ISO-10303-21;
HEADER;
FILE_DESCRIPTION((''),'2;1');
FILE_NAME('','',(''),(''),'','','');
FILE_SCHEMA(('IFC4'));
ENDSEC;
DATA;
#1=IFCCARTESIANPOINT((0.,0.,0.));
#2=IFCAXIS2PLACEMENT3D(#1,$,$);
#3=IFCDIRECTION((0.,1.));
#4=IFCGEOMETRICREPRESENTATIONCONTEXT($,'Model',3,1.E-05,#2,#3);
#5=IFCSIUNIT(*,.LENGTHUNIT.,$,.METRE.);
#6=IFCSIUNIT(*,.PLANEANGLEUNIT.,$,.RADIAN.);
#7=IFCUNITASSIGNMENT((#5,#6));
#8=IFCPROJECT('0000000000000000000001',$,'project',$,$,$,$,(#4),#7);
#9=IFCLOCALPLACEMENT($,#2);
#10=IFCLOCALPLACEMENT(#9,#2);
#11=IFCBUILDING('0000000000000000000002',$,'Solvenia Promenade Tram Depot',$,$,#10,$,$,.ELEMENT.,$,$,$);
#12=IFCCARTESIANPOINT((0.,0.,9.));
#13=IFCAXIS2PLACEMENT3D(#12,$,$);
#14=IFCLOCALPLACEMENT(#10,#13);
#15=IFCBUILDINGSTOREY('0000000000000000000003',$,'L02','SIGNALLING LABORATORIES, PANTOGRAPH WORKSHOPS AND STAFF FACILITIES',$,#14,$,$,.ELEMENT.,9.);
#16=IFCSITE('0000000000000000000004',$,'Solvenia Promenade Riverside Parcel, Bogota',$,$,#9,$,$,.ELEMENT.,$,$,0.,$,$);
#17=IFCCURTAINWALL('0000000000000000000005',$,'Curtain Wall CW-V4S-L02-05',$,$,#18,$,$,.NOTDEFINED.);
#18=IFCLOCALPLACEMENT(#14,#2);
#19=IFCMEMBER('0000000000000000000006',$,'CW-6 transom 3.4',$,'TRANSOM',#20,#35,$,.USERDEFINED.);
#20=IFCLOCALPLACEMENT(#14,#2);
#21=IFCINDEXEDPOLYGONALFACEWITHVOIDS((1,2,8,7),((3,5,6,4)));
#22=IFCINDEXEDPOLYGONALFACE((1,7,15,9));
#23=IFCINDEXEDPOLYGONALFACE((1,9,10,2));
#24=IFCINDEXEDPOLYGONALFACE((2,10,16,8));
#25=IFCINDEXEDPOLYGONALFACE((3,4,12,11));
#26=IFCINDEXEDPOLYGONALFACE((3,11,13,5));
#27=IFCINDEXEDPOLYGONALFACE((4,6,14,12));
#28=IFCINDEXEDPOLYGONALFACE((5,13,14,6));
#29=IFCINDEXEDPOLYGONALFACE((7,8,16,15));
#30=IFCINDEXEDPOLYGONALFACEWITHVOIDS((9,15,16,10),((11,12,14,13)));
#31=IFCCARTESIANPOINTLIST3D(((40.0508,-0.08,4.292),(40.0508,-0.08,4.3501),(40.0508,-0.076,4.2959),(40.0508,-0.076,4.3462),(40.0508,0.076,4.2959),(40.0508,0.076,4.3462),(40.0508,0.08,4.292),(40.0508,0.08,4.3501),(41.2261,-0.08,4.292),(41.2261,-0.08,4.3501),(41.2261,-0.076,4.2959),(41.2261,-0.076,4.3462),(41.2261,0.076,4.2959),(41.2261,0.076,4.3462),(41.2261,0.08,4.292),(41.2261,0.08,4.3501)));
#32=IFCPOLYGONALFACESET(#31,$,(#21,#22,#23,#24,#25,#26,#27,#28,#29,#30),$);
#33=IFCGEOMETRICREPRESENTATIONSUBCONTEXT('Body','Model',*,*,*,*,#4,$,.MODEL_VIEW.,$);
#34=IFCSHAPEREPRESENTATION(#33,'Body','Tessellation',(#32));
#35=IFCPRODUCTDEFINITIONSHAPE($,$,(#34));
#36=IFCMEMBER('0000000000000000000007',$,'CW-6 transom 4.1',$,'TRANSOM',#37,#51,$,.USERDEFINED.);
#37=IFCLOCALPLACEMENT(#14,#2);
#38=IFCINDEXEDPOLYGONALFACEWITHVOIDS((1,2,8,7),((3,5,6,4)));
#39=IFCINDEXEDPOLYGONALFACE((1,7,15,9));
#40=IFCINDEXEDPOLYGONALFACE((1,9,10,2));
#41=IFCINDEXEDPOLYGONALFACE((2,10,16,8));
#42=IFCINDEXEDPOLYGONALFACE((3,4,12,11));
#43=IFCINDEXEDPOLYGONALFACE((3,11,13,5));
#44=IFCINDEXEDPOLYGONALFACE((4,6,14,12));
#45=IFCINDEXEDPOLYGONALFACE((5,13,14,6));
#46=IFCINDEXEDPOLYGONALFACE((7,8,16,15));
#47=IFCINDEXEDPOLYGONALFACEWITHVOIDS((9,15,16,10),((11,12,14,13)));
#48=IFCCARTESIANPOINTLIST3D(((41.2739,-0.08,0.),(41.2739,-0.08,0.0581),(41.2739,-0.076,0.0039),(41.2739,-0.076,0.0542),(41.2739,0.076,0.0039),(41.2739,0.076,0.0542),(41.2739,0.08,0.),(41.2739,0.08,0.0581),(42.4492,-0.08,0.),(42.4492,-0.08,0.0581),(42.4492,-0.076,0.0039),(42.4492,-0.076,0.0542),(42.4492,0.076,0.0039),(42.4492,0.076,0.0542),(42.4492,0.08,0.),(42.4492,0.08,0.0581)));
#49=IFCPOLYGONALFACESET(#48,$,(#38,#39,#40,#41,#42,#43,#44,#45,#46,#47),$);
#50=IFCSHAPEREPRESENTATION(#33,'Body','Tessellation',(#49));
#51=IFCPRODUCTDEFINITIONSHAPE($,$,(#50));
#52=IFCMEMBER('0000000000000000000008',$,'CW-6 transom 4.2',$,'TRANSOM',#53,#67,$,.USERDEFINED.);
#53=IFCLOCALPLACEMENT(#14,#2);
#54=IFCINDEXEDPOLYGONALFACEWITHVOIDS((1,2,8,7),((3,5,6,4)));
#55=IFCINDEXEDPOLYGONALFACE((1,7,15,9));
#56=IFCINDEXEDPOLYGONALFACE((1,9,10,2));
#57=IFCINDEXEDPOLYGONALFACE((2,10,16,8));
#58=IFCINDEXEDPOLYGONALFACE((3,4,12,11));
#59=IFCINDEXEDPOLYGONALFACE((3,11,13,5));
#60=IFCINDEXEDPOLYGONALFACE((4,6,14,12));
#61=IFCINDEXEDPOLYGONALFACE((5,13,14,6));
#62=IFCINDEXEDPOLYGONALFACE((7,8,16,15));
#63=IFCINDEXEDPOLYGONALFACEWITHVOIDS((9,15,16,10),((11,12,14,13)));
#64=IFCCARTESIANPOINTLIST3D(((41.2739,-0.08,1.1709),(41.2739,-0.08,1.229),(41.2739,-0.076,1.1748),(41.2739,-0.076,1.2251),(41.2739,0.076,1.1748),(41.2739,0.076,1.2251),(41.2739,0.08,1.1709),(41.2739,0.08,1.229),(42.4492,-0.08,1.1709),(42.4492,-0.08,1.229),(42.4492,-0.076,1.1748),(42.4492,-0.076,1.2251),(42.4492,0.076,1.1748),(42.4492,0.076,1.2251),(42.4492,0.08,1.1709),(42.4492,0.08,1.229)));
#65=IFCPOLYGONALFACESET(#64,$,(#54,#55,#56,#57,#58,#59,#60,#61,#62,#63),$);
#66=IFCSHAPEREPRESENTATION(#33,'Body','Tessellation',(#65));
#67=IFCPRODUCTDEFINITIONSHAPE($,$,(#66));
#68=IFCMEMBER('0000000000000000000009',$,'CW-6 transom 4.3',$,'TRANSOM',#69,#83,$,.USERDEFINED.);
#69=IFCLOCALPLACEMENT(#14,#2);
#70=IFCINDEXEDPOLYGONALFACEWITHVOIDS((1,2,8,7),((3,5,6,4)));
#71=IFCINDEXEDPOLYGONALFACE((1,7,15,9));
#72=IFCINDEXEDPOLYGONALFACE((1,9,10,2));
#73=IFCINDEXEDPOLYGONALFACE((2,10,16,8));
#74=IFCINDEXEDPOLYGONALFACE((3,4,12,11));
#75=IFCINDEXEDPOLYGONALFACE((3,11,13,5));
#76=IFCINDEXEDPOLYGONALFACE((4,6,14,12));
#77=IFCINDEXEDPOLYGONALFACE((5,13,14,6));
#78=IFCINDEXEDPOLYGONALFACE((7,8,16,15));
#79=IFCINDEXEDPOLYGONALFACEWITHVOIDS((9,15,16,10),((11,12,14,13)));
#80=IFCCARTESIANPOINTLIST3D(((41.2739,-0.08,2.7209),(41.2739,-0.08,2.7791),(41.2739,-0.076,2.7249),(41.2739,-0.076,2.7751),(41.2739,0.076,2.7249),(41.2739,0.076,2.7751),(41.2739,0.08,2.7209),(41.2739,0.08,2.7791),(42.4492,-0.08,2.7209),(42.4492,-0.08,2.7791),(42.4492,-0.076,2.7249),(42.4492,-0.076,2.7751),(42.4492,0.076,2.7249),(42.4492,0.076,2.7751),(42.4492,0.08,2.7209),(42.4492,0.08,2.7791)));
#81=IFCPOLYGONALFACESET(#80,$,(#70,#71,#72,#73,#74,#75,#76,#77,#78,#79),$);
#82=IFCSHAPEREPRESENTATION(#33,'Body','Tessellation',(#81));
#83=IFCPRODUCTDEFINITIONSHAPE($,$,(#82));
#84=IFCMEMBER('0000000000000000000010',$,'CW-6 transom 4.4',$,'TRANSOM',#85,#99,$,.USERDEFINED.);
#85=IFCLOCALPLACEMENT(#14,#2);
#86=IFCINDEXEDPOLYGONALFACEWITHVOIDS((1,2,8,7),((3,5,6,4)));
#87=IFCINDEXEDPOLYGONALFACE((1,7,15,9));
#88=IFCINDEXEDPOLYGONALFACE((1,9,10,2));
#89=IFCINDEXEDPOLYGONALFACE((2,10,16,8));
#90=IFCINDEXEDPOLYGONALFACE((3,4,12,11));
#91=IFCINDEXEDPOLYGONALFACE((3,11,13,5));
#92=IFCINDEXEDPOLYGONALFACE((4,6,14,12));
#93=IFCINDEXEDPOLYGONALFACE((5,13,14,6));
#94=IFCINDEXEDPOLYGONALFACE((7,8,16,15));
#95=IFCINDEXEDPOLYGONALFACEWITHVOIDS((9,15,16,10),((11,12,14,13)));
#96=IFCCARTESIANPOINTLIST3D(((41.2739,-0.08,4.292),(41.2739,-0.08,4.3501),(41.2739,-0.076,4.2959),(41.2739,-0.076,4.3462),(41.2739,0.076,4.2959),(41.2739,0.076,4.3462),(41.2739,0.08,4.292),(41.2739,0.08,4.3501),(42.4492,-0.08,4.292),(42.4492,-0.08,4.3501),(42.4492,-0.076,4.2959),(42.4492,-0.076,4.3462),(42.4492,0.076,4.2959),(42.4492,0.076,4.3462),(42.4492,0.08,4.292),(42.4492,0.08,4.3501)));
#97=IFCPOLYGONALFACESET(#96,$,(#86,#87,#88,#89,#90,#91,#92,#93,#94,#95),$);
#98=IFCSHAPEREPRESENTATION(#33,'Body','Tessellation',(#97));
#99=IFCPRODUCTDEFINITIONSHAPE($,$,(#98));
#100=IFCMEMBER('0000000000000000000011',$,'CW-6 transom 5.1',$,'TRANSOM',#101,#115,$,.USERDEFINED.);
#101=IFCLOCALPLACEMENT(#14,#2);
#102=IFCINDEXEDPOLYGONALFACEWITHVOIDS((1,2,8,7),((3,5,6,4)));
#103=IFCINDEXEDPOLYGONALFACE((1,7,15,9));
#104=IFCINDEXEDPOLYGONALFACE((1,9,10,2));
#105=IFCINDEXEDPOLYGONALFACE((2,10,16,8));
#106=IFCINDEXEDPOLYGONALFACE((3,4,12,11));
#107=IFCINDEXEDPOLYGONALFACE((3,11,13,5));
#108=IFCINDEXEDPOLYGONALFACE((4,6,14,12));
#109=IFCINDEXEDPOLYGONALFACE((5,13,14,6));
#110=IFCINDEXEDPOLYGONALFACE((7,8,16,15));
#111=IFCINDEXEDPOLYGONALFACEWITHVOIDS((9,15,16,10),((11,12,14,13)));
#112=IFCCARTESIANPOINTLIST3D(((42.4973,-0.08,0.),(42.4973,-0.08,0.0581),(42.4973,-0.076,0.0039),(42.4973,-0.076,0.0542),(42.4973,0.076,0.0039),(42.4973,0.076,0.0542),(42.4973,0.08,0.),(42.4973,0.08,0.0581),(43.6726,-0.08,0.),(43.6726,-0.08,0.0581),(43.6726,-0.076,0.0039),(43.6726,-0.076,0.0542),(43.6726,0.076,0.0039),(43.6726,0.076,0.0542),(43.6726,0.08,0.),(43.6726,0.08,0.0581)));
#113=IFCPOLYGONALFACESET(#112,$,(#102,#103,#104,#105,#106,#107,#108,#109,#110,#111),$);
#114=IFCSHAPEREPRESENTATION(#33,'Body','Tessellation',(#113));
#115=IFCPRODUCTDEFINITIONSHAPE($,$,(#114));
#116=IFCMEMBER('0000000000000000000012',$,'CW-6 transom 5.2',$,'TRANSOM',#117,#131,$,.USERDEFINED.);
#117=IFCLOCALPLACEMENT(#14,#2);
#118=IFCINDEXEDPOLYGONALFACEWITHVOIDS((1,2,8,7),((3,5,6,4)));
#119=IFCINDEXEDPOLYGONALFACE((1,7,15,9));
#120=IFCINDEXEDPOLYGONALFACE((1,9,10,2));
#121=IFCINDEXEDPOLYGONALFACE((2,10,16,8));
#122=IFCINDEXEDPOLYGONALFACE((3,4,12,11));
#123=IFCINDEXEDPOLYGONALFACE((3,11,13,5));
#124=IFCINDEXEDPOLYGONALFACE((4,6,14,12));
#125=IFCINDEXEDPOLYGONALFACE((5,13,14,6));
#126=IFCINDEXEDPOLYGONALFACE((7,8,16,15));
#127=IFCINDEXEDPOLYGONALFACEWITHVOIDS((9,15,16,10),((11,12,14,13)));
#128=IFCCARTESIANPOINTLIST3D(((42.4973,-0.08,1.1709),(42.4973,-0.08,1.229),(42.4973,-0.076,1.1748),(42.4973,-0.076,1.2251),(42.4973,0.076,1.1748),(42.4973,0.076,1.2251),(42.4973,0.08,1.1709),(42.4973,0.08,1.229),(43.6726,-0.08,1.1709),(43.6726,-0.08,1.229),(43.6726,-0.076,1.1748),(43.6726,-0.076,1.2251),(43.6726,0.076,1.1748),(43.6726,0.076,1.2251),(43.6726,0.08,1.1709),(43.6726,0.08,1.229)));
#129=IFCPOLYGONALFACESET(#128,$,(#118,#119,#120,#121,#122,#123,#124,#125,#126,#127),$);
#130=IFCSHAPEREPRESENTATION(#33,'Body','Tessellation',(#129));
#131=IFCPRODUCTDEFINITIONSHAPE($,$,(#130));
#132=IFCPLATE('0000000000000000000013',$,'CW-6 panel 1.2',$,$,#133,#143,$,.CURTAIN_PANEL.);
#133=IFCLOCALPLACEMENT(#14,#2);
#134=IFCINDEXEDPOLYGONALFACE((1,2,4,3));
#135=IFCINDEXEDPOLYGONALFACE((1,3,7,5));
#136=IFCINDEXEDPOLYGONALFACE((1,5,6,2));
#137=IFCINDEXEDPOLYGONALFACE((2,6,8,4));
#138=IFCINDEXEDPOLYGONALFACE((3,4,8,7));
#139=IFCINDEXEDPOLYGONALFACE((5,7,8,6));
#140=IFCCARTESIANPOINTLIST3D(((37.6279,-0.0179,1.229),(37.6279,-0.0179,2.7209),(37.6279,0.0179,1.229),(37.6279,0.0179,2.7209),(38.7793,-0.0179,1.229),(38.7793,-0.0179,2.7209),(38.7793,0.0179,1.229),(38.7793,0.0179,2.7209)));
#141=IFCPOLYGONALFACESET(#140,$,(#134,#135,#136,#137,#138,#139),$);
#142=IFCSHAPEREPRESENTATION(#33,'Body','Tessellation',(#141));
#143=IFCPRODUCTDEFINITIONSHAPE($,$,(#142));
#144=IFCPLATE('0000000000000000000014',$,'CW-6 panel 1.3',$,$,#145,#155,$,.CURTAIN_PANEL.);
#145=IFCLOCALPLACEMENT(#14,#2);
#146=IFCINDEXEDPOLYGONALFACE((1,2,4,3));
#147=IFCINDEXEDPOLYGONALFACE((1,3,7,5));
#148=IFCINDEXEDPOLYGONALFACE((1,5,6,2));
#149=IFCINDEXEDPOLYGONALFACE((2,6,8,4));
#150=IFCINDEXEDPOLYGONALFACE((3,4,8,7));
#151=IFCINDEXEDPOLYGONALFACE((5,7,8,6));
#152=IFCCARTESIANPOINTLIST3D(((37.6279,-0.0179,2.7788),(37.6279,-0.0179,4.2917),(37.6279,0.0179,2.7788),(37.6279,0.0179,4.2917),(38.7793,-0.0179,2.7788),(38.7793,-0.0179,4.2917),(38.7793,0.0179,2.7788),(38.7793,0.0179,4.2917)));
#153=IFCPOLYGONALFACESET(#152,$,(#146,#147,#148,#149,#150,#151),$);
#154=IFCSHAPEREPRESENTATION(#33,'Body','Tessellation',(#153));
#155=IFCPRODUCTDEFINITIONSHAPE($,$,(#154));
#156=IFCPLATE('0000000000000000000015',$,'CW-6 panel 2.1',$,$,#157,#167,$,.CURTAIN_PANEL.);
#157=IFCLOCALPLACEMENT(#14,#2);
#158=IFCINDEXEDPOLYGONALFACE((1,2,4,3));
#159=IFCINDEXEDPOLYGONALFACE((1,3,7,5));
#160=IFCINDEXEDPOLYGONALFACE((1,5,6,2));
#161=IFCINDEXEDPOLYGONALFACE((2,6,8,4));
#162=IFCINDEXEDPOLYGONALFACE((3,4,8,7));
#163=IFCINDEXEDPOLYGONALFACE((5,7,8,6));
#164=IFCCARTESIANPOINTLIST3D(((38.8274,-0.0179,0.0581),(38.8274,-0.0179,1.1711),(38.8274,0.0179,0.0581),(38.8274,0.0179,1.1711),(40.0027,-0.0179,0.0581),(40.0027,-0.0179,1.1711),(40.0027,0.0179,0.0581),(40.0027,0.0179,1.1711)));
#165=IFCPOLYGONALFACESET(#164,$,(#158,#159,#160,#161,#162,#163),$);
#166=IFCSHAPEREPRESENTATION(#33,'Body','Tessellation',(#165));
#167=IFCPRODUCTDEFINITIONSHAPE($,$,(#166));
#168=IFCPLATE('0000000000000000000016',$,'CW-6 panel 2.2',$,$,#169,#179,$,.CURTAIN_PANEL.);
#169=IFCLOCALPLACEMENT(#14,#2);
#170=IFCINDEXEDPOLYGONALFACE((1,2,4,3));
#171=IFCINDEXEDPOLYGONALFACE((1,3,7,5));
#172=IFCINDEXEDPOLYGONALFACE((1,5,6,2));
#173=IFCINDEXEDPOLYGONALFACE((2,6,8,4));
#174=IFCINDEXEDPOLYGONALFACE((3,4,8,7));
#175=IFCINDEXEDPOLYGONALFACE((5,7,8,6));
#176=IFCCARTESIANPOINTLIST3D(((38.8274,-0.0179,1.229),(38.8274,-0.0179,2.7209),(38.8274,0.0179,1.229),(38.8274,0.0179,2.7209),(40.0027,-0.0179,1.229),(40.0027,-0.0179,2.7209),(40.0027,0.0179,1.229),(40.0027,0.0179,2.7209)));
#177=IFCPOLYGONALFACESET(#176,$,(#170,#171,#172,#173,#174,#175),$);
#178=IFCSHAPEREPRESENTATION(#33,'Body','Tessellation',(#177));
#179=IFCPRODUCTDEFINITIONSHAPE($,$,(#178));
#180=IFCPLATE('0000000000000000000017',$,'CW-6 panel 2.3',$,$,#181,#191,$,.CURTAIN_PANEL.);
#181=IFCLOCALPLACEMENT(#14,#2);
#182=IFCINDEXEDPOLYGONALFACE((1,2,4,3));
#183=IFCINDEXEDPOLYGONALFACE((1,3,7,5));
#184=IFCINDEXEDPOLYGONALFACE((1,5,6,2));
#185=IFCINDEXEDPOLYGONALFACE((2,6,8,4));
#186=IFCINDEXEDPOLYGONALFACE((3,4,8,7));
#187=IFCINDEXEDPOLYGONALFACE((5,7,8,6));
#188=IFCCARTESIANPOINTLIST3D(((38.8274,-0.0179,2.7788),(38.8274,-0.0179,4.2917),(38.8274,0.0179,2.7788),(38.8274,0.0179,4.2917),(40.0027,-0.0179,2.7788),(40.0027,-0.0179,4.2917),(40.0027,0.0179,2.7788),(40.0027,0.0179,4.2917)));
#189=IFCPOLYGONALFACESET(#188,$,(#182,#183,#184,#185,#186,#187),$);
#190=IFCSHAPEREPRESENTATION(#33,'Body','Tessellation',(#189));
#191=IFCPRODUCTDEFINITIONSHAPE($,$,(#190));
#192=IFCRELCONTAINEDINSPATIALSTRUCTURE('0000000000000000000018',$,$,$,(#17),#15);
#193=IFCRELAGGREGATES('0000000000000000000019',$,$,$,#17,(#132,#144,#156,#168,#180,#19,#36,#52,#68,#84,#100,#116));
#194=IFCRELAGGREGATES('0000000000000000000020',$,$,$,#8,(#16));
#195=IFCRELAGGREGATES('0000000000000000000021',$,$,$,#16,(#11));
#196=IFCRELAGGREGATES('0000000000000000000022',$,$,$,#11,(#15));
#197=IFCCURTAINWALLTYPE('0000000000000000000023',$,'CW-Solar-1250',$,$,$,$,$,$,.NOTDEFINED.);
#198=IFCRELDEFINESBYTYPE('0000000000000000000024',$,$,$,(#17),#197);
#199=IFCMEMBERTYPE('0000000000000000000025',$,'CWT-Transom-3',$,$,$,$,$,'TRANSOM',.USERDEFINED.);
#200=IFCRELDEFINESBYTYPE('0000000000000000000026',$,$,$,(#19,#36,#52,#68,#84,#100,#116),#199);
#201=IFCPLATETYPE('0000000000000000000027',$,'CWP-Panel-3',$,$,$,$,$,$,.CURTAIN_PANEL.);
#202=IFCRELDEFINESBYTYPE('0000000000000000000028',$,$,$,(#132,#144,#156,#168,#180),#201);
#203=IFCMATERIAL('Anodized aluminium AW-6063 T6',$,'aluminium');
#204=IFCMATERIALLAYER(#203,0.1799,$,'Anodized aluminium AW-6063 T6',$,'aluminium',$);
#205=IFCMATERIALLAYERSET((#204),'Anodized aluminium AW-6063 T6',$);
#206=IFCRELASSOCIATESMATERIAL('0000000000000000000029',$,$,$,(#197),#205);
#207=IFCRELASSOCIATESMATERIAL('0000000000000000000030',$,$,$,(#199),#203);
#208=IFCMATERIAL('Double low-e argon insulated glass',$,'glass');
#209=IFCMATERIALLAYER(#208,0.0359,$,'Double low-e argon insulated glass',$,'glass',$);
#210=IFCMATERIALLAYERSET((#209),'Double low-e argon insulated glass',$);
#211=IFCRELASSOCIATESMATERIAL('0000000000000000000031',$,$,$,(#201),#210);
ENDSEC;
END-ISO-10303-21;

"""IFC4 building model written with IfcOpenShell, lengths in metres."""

from ifc_helpers import new_model, si_unit, direction, frame, origin, origin_2d, place, context, subcontext, project, spatial, rectangle, hollow_rectangle, extrude, material, layer, layer_set, material_profile, profile_set, type_object, element, aggregate, save


model = new_model("IFC4")

# Units and contexts
model_context = context("Model", 3, precision=1e-05, world=origin(), true_north=direction((0.0, 1.0)))
body_context = subcontext(model_context, "Body", "Model", "MODEL_VIEW")
ifc_project = project(units=[si_unit("LENGTHUNIT", "METRE"), si_unit("PLANEANGLEUNIT", "RADIAN")], contexts=[model_context])

# Site, building, storey
site_placement = place(None, origin())
site = spatial("IfcSite", under=ifc_project, at=site_placement, Name="Solvenia Promenade Riverside Parcel, Bogota", CompositionType="ELEMENT", RefElevation=0.0)
building_placement = place(site_placement, origin())
building = spatial("IfcBuilding", under=site, at=building_placement, Name="Solvenia Promenade Tram Depot", CompositionType="ELEMENT")
storey_placement = place(building_placement, frame((0.0, 0.0, 9.0)))
storey = spatial("IfcBuildingStorey", under=building, at=storey_placement, Name="L02", Description="SIGNALLING LABORATORIES, PANTOGRAPH WORKSHOPS AND STAFF FACILITIES", CompositionType="ELEMENT", Elevation=9.0)

# Curtain wall, members, plates
ifc_material_1 = material(Name="Anodized aluminium AW-6063 T6", Category="aluminium")
ifc_layer_1 = layer(ifc_material_1, 0.1799, Name="Anodized aluminium AW-6063 T6", Category="aluminium")
ifc_layer_set_1 = layer_set([ifc_layer_1], Name="Anodized aluminium AW-6063 T6")
curtain_wall_type = type_object("IfcCurtainWallType", Name="CW-Solar-1250", PredefinedType="NOTDEFINED", material=ifc_layer_set_1)
curtain_wall_placement = place(storey_placement, origin())
curtain_wall = element("IfcCurtainWall", 1, at=curtain_wall_placement, inside=storey, type_object=curtain_wall_type, Name="Curtain Wall CW-V4S-L02-05", PredefinedType="NOTDEFINED")
ifc_material_profile_1 = material_profile(ifc_material_1, hollow_rectangle(XDim=0.1599, YDim=0.0581, WallThickness=0.0039, at=origin_2d()), Name="ALU-T3", Category="aluminium")
ifc_profile_set_1 = profile_set([ifc_material_profile_1], Name="Anodized aluminium AW-6063 T6")
member_type_1 = type_object("IfcMemberType", Name="CWT-Transom-3", ElementType="TRANSOM", PredefinedType="USERDEFINED", material=ifc_profile_set_1)
member_1_placement = place(storey_placement, frame((40.0508, 0.0, 4.321), z_axis=(1.0, 0.0, 0.0), x_axis=(0.0, 1.0, 0.0)))
member_1 = element("IfcMember", 2, at=member_1_placement, type_object=member_type_1, Name="CW-6 transom 3.4", ObjectType="TRANSOM", PredefinedType="USERDEFINED", context=body_context, shape_type="SweptSolid", body=[
    extrude(hollow_rectangle(XDim=0.1599, YDim=0.0581, WallThickness=0.0039, at=origin_2d()), origin(), (0.0, 0.0, 1.0), 1.1753),
])
member_2_placement = place(storey_placement, frame((41.2739, 0.0, 0.0291), z_axis=(1.0, 0.0, 0.0), x_axis=(0.0, 1.0, 0.0)))
member_2 = element("IfcMember", 3, at=member_2_placement, type_object=member_type_1, Name="CW-6 transom 4.1", ObjectType="TRANSOM", PredefinedType="USERDEFINED", context=body_context, shape_type="SweptSolid", body=[
    extrude(hollow_rectangle(XDim=0.1599, YDim=0.0581, WallThickness=0.0039, at=origin_2d()), origin(), (0.0, 0.0, 1.0), 1.1753),
])
member_3_placement = place(storey_placement, frame((41.2739, 0.0, 1.2), z_axis=(1.0, 0.0, 0.0), x_axis=(0.0, 1.0, 0.0)))
member_3 = element("IfcMember", 4, at=member_3_placement, type_object=member_type_1, Name="CW-6 transom 4.2", ObjectType="TRANSOM", PredefinedType="USERDEFINED", context=body_context, shape_type="SweptSolid", body=[
    extrude(hollow_rectangle(XDim=0.1599, YDim=0.0581, WallThickness=0.0039, at=origin_2d()), origin(), (0.0, 0.0, 1.0), 1.1753),
])
member_4_placement = place(storey_placement, frame((41.2739, 0.0, 2.75), z_axis=(1.0, 0.0, 0.0), x_axis=(0.0, 1.0, 0.0)))
member_4 = element("IfcMember", 5, at=member_4_placement, type_object=member_type_1, Name="CW-6 transom 4.3", ObjectType="TRANSOM", PredefinedType="USERDEFINED", context=body_context, shape_type="SweptSolid", body=[
    extrude(hollow_rectangle(XDim=0.1599, YDim=0.0581, WallThickness=0.0039, at=origin_2d()), origin(), (0.0, 0.0, 1.0), 1.1753),
])
member_5_placement = place(storey_placement, frame((41.2739, 0.0, 4.321), z_axis=(1.0, 0.0, 0.0), x_axis=(0.0, 1.0, 0.0)))
member_5 = element("IfcMember", 6, at=member_5_placement, type_object=member_type_1, Name="CW-6 transom 4.4", ObjectType="TRANSOM", PredefinedType="USERDEFINED", context=body_context, shape_type="SweptSolid", body=[
    extrude(hollow_rectangle(XDim=0.1599, YDim=0.0581, WallThickness=0.0039, at=origin_2d()), origin(), (0.0, 0.0, 1.0), 1.1753),
])
member_6_placement = place(storey_placement, frame((42.4973, 0.0, 0.0291), z_axis=(1.0, 0.0, 0.0), x_axis=(0.0, 1.0, 0.0)))
member_6 = element("IfcMember", 7, at=member_6_placement, type_object=member_type_1, Name="CW-6 transom 5.1", ObjectType="TRANSOM", PredefinedType="USERDEFINED", context=body_context, shape_type="SweptSolid", body=[
    extrude(hollow_rectangle(XDim=0.1599, YDim=0.0581, WallThickness=0.0039, at=origin_2d()), origin(), (0.0, 0.0, 1.0), 1.1753),
])
member_7_placement = place(storey_placement, frame((42.4973, 0.0, 1.2), z_axis=(1.0, 0.0, 0.0), x_axis=(0.0, 1.0, 0.0)))
member_7 = element("IfcMember", 8, at=member_7_placement, type_object=member_type_1, Name="CW-6 transom 5.2", ObjectType="TRANSOM", PredefinedType="USERDEFINED", context=body_context, shape_type="SweptSolid", body=[
    extrude(hollow_rectangle(XDim=0.1599, YDim=0.0581, WallThickness=0.0039, at=origin_2d()), origin(), (0.0, 0.0, 1.0), 1.1753),
])
ifc_material_2 = material(Name="Double low-e argon insulated glass", Category="glass")
ifc_layer_2 = layer(ifc_material_2, 0.0359, Name="Double low-e argon insulated glass", Category="glass")
ifc_layer_set_2 = layer_set([ifc_layer_2], Name="Double low-e argon insulated glass")
plate_type = type_object("IfcPlateType", Name="CWP-Panel-3", PredefinedType="CURTAIN_PANEL", material=ifc_layer_set_2)
plate_1_placement = place(storey_placement, frame((38.2036, 0.0, 1.229), z_axis=(0.0, 0.0, 1.0), x_axis=(1.0, 0.0, 0.0)))
plate_1 = element("IfcPlate", 9, at=plate_1_placement, type_object=plate_type, Name="CW-6 panel 1.2", PredefinedType="CURTAIN_PANEL", context=body_context, shape_type="SweptSolid", body=[
    extrude(rectangle(XDim=1.1514, YDim=0.0359, at=origin_2d()), origin(), (0.0, 0.0, 1.0), 1.4919),
])
plate_2_placement = place(storey_placement, frame((38.2036, 0.0, 2.7788), z_axis=(0.0, 0.0, 1.0), x_axis=(1.0, 0.0, 0.0)))
plate_2 = element("IfcPlate", 10, at=plate_2_placement, type_object=plate_type, Name="CW-6 panel 1.3", PredefinedType="CURTAIN_PANEL", context=body_context, shape_type="SweptSolid", body=[
    extrude(rectangle(XDim=1.1514, YDim=0.0359, at=origin_2d()), origin(), (0.0, 0.0, 1.0), 1.5129),
])
plate_3_placement = place(storey_placement, frame((39.415, 0.0, 0.0581), z_axis=(0.0, 0.0, 1.0), x_axis=(1.0, 0.0, 0.0)))
plate_3 = element("IfcPlate", 11, at=plate_3_placement, type_object=plate_type, Name="CW-6 panel 2.1", PredefinedType="CURTAIN_PANEL", context=body_context, shape_type="SweptSolid", body=[
    extrude(rectangle(XDim=1.1753, YDim=0.0359, at=origin_2d()), origin(), (0.0, 0.0, 1.0), 1.113),
])
plate_4_placement = place(storey_placement, frame((39.415, 0.0, 1.229), z_axis=(0.0, 0.0, 1.0), x_axis=(1.0, 0.0, 0.0)))
plate_4 = element("IfcPlate", 12, at=plate_4_placement, type_object=plate_type, Name="CW-6 panel 2.2", PredefinedType="CURTAIN_PANEL", context=body_context, shape_type="SweptSolid", body=[
    extrude(rectangle(XDim=1.1753, YDim=0.0359, at=origin_2d()), origin(), (0.0, 0.0, 1.0), 1.4919),
])
plate_5_placement = place(storey_placement, frame((39.415, 0.0, 2.7788), z_axis=(0.0, 0.0, 1.0), x_axis=(1.0, 0.0, 0.0)))
plate_5 = element("IfcPlate", 13, at=plate_5_placement, type_object=plate_type, Name="CW-6 panel 2.3", PredefinedType="CURTAIN_PANEL", context=body_context, shape_type="SweptSolid", body=[
    extrude(rectangle(XDim=1.1753, YDim=0.0359, at=origin_2d()), origin(), (0.0, 0.0, 1.0), 1.5129),
])
aggregate(curtain_wall, [plate_1, plate_2, plate_3, plate_4, plate_5, member_1, member_2, member_3, member_4, member_5, member_6, member_7])

save(model, "model.ifc")
